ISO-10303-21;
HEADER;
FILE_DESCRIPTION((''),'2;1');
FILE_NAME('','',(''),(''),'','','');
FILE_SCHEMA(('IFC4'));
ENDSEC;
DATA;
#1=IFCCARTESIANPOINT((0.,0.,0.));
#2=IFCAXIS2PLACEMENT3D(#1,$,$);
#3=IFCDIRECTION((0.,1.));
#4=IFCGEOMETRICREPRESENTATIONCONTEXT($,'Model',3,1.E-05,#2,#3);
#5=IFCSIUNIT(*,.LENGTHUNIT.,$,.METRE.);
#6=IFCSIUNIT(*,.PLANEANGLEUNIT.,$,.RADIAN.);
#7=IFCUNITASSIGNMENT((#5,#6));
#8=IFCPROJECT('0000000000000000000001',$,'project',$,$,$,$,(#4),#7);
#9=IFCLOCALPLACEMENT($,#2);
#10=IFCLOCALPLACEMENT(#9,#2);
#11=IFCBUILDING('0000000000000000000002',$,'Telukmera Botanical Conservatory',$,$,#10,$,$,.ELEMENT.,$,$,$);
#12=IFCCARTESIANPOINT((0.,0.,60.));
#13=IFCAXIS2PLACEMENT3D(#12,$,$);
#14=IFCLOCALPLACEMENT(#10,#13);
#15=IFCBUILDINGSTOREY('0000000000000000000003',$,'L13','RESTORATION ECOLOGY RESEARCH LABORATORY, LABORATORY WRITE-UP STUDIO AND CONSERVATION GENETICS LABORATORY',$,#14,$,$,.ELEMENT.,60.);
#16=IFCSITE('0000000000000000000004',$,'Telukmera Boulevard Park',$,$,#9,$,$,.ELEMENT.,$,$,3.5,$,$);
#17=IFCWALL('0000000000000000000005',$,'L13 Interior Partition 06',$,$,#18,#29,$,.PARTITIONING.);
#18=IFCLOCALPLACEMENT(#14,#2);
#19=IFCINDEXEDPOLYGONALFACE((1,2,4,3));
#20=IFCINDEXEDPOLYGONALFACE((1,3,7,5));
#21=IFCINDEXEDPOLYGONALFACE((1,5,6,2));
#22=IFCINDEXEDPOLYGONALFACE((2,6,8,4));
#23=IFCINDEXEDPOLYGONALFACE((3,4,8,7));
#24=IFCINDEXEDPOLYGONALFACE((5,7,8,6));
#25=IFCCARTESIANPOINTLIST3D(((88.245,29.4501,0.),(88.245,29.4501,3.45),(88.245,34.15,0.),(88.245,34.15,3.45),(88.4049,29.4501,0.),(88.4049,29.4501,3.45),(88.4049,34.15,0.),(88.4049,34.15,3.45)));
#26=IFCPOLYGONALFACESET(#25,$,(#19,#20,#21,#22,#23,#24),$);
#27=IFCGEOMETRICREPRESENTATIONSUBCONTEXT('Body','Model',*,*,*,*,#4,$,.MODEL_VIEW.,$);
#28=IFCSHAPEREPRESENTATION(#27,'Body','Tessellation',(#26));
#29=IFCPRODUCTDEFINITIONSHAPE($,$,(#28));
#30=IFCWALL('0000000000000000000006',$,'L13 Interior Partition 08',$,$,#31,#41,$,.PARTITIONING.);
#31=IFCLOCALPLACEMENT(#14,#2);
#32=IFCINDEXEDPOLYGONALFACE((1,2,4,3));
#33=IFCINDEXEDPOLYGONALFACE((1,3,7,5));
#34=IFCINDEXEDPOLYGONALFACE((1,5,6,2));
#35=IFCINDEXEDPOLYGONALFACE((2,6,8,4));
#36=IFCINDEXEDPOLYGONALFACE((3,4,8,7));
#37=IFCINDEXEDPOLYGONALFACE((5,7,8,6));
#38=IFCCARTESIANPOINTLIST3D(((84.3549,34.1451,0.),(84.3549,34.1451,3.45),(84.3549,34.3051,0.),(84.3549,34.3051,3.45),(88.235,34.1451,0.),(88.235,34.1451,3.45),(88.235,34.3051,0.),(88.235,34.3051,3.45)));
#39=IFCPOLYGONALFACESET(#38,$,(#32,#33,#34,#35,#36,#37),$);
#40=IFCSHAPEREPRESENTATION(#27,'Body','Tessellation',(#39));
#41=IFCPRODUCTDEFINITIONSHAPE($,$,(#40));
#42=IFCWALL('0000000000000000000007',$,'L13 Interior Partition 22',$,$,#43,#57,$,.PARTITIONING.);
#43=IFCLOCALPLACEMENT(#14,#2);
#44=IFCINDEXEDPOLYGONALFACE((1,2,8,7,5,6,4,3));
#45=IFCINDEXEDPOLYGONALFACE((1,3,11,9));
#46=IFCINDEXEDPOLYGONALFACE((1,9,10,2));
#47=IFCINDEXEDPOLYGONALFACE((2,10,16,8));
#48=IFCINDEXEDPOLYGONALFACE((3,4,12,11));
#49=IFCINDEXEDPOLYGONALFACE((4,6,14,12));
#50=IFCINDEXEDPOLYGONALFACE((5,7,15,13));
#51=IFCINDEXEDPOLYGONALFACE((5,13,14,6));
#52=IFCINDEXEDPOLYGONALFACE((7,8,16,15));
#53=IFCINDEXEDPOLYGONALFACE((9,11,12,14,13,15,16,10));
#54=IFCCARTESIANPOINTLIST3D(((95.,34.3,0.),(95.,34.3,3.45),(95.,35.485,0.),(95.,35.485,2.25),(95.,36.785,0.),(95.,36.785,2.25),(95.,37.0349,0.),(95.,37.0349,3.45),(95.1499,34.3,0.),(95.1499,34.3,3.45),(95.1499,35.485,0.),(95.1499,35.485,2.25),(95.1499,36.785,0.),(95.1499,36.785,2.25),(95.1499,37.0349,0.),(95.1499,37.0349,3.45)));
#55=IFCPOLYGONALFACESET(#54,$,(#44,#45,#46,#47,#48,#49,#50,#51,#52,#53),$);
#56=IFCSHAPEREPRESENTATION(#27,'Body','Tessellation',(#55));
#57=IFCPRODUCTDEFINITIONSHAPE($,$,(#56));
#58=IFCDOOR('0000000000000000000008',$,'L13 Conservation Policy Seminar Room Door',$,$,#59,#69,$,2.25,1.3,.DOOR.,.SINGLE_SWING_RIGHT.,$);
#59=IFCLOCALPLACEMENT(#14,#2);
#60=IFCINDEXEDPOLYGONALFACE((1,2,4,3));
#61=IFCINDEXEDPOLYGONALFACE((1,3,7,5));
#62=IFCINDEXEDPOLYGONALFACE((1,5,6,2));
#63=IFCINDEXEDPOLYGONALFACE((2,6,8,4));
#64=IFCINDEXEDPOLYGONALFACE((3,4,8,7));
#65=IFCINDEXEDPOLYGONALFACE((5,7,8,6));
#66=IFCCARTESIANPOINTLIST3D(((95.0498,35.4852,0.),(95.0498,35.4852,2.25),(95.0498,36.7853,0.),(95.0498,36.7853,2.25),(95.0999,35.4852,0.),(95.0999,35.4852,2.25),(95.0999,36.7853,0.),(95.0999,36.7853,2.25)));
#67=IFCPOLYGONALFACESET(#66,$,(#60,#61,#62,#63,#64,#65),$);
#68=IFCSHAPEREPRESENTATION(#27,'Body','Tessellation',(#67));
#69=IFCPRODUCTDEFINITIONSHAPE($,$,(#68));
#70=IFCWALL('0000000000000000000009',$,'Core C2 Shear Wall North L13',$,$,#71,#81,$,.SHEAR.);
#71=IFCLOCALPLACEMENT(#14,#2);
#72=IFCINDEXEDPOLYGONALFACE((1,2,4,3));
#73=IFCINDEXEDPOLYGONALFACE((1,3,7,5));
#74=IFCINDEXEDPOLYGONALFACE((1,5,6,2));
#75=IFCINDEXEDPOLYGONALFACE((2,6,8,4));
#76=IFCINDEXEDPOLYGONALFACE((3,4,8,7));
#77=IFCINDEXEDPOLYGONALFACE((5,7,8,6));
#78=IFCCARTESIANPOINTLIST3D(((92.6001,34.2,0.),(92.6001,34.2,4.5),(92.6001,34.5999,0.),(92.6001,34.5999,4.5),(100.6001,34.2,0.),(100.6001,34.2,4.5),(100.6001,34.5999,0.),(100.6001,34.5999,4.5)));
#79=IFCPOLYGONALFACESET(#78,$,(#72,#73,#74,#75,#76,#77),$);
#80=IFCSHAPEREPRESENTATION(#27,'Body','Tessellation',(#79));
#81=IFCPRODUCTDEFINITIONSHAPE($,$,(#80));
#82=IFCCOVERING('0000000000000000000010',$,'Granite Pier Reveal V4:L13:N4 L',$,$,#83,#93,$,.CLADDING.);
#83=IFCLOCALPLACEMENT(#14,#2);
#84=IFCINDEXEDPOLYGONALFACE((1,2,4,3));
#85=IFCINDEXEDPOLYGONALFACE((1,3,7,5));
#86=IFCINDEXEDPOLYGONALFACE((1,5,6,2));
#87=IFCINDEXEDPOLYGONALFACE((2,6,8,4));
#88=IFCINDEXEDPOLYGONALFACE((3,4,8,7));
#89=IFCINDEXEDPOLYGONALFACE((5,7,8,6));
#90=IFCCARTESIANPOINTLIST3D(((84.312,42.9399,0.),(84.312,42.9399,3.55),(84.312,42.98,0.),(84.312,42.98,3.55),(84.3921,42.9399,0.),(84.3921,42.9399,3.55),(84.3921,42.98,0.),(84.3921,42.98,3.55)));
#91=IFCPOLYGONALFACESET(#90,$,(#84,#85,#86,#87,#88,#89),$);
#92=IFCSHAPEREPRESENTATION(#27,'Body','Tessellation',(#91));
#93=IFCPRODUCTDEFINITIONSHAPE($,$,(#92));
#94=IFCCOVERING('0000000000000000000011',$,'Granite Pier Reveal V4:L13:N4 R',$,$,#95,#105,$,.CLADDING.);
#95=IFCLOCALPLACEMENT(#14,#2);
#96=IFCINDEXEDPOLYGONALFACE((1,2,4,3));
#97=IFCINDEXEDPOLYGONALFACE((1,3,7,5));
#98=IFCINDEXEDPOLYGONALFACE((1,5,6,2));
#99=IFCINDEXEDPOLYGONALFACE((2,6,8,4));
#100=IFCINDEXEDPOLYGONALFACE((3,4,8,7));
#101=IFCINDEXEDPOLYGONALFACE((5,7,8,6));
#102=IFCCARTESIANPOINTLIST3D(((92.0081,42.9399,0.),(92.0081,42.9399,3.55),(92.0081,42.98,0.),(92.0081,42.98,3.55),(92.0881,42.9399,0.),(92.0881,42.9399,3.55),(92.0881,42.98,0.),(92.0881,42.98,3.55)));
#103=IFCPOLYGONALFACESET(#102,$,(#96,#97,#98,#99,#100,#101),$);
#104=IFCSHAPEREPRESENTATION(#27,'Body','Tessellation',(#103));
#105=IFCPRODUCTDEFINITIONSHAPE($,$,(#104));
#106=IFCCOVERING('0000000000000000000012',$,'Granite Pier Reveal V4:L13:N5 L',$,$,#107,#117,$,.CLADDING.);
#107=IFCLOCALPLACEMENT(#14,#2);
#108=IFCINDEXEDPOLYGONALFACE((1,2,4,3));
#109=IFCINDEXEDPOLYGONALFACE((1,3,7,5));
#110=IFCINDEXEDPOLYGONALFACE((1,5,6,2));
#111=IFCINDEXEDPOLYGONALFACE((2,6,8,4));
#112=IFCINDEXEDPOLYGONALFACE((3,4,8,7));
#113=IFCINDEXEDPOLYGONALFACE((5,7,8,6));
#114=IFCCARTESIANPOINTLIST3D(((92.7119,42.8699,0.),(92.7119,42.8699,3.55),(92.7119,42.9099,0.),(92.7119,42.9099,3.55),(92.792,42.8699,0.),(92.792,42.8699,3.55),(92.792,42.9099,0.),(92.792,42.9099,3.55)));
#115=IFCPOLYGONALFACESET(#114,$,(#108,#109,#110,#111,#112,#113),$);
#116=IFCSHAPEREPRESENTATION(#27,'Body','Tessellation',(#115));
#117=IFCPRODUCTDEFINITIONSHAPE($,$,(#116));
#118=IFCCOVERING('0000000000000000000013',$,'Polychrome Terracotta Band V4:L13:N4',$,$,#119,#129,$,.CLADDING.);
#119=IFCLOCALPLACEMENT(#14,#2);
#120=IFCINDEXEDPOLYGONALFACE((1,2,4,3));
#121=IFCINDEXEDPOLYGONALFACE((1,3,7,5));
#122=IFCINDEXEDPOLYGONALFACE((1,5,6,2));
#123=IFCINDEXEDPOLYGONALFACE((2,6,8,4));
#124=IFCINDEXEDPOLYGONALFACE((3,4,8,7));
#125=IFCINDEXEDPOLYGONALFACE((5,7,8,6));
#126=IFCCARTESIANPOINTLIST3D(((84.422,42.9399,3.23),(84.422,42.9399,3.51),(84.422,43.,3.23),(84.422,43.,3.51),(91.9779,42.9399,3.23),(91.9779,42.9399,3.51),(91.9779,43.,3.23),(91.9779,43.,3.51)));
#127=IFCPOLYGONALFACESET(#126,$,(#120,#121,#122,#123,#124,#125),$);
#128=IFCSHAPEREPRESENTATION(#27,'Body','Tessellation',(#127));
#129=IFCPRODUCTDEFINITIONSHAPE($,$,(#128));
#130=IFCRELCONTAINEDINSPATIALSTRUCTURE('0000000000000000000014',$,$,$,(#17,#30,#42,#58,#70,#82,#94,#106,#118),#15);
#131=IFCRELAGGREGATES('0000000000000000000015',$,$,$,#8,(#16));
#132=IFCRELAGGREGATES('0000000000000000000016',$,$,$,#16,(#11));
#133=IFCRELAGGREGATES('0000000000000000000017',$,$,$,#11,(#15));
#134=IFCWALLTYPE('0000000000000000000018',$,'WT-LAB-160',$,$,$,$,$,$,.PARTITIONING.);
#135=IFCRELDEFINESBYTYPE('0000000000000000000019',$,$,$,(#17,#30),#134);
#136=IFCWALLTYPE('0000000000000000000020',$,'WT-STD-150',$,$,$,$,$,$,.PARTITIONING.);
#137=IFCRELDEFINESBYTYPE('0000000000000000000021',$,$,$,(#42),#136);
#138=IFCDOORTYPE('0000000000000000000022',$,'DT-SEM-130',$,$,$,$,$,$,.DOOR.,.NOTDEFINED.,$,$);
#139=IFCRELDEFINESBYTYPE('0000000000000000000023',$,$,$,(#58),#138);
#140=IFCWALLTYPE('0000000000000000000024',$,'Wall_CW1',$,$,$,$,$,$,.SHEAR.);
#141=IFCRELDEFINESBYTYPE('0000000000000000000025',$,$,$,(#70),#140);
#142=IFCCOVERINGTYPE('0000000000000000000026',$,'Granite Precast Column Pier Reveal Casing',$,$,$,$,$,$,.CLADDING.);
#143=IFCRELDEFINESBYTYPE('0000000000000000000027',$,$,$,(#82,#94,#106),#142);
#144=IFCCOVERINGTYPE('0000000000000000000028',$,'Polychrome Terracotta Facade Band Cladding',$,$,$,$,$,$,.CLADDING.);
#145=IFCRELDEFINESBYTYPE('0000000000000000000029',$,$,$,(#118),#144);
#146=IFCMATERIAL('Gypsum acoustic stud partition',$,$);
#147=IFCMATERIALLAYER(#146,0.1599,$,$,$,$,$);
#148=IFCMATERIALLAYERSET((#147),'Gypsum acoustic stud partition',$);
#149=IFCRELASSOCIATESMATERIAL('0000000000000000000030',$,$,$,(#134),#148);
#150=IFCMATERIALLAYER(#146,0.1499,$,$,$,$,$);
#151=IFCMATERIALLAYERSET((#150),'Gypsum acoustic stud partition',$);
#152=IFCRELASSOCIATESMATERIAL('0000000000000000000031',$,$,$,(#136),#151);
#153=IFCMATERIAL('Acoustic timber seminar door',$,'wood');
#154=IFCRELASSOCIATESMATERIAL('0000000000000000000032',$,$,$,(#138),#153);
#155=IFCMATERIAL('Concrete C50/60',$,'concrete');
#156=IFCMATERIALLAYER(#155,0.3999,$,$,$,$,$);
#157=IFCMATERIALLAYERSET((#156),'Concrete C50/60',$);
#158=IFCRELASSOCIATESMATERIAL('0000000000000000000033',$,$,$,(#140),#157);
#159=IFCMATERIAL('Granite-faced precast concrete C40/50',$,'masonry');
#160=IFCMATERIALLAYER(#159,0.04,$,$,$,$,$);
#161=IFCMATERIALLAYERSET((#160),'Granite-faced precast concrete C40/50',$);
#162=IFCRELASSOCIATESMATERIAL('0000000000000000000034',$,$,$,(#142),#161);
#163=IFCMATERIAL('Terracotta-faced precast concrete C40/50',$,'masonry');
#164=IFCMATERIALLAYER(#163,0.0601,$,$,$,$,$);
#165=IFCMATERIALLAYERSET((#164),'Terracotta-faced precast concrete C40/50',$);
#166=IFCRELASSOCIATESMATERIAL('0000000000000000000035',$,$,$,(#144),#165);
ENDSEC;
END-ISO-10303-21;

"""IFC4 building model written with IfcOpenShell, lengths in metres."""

from ifc_helpers import new_model, si_unit, direction, frame, frame_2d, origin, origin_2d, place, context, subcontext, project, spatial, rectangle, extrude, material, layer, layer_set, type_object, element, fill, save


model = new_model("IFC4")

# Units and contexts
model_context = context("Model", 3, precision=1e-05, world=origin(), true_north=direction((0.0, 1.0)))
body_context = subcontext(model_context, "Body", "Model", "MODEL_VIEW")
ifc_project = project(units=[si_unit("LENGTHUNIT", "METRE"), si_unit("PLANEANGLEUNIT", "RADIAN")], contexts=[model_context])

# Site, building, storey
site_placement = place(None, origin())
site = spatial("IfcSite", under=ifc_project, at=site_placement, Name="Telukmera Boulevard Park", CompositionType="ELEMENT", RefElevation=3.5)
building_placement = place(site_placement, origin())
building = spatial("IfcBuilding", under=site, at=building_placement, Name="Telukmera Botanical Conservatory", CompositionType="ELEMENT")
storey_placement = place(building_placement, frame((0.0, 0.0, 60.0)))
storey = spatial("IfcBuildingStorey", under=building, at=storey_placement, Name="L13", Description="RESTORATION ECOLOGY RESEARCH LABORATORY, LABORATORY WRITE-UP STUDIO AND CONSERVATION GENETICS LABORATORY", CompositionType="ELEMENT", Elevation=60.0)

# Shared definitions
ifc_material_1 = material(Name="Concrete C50/60", Category="concrete")

# Walls
ifc_material_2 = material(Name="Gypsum acoustic stud partition")
ifc_layer_1 = layer(ifc_material_2, 0.1599)
ifc_layer_set_1 = layer_set([ifc_layer_1], Name="Gypsum acoustic stud partition")
wall_type_1 = type_object("IfcWallType", Name="WT-LAB-160", PredefinedType="PARTITIONING", material=ifc_layer_set_1)
wall_1_placement = place(storey_placement, frame((88.325, 29.45, 0.0), z_axis=(0.0, 0.0, 1.0), x_axis=(0.0, 1.0, 0.0)))
element("IfcWall", 1, at=wall_1_placement, inside=storey, type_object=wall_type_1, Name="L13 Interior Partition 06", PredefinedType="PARTITIONING", context=body_context, shape_type="SweptSolid", body=[
    extrude(rectangle(XDim=4.7, YDim=0.1599, at=frame_2d((2.3501, 0.0))), origin(), (0.0, 0.0, 1.0), 3.45),
])
wall_2_placement = place(storey_placement, frame((84.355, 34.2251, 0.0), z_axis=(0.0, 0.0, 1.0), x_axis=(1.0, 0.0, 0.0)))
element("IfcWall", 2, at=wall_2_placement, inside=storey, type_object=wall_type_1, Name="L13 Interior Partition 08", PredefinedType="PARTITIONING", context=body_context, shape_type="SweptSolid", body=[
    extrude(rectangle(XDim=3.8801, YDim=0.1599, at=frame_2d((1.9399, 0.0))), origin(), (0.0, 0.0, 1.0), 3.45),
])

# Wall, opening, door
ifc_layer_2 = layer(ifc_material_2, 0.1499)
ifc_layer_set_2 = layer_set([ifc_layer_2], Name="Gypsum acoustic stud partition")
wall_type_2 = type_object("IfcWallType", Name="WT-STD-150", PredefinedType="PARTITIONING", material=ifc_layer_set_2)
wall_3_placement = place(storey_placement, frame((95.075, 34.3, 0.0), z_axis=(0.0, 0.0, 1.0), x_axis=(0.0, 1.0, 0.0)))
wall_3 = element("IfcWall", 3, at=wall_3_placement, inside=storey, type_object=wall_type_2, Name="L13 Interior Partition 22", PredefinedType="PARTITIONING", context=body_context, shape_type="SweptSolid", body=[
    extrude(rectangle(XDim=2.7349, YDim=0.1499, at=frame_2d((1.3674, 0.0))), origin(), (0.0, 0.0, 1.0), 3.45),
])
opening_1_placement = place(wall_3_placement, frame((1.1851, 0.0, 0.0)))
opening_1 = element("IfcOpeningElement", 4, at=opening_1_placement, cuts=wall_3, PredefinedType="OPENING", context=body_context, shape_type="SweptSolid", body=[
    extrude(rectangle(XDim=1.3, YDim=2.25, at=frame_2d((0.6499, 1.125))), frame((0.0, 0.085, 0.0), z_axis=(0.0, -1.0, 0.0), x_axis=(1.0, 0.0, 0.0)), (0.0, 0.0, 1.0), 0.1699),
])
ifc_material_3 = material(Name="Acoustic timber seminar door", Category="wood")
door_type_1 = type_object("IfcDoorType", Name="DT-SEM-130", OperationType="NOTDEFINED", PredefinedType="DOOR", material=ifc_material_3)
door_1_placement = place(opening_1_placement, frame((1.3, 0.0, 0.0), z_axis=(0.0, 0.0, 1.0), x_axis=(-1.0, 0.0, 0.0)))
door_1 = element("IfcDoor", 5, at=door_1_placement, inside=storey, type_object=door_type_1, Name="L13 Conservation Policy Seminar Room Door", OperationType="SINGLE_SWING_RIGHT", OverallHeight=2.25, OverallWidth=1.3, PredefinedType="DOOR", context=body_context, shape_type="SweptSolid", body=[
    extrude(rectangle(XDim=1.3, YDim=2.25, at=frame_2d((0.6499, 1.125))), frame((0.0, 0.0249, 0.0), z_axis=(0.0, -1.0, 0.0), x_axis=(1.0, 0.0, 0.0)), (0.0, 0.0, 1.0), 0.05),
])
fill(opening_1, door_1)

# Wall
ifc_layer_3 = layer(ifc_material_1, 0.3999)
ifc_layer_set_3 = layer_set([ifc_layer_3], Name="Concrete C50/60")
wall_type_3 = type_object("IfcWallType", Name="Wall_CW1", PredefinedType="SHEAR", material=ifc_layer_set_3)
wall_4_placement = place(storey_placement, frame((92.6001, 34.3999, 0.0), z_axis=(0.0, 0.0, 1.0), x_axis=(1.0, 0.0, 0.0)))
element("IfcWall", 6, at=wall_4_placement, inside=storey, type_object=wall_type_3, Name="Core C2 Shear Wall North L13", PredefinedType="SHEAR", context=body_context, shape_type="SweptSolid", body=[
    extrude(rectangle(XDim=8.0, YDim=0.3999, at=frame_2d((4.0, 0.0))), origin(), (0.0, 0.0, 1.0), 4.5),
])

# Coverings
ifc_material_4 = material(Name="Granite-faced precast concrete C40/50", Category="masonry")
ifc_layer_4 = layer(ifc_material_4, 0.04)
ifc_layer_set_4 = layer_set([ifc_layer_4], Name="Granite-faced precast concrete C40/50")
covering_type_1 = type_object("IfcCoveringType", Name="Granite Precast Column Pier Reveal Casing", PredefinedType="CLADDING", material=ifc_layer_set_4)
for number, where, z_axis, x_axis, name in (
    (7, (84.3521, 42.96, 0.0), (0.0, 0.0, 1.0), (1.0, 0.0, 0.0), "Granite Pier Reveal V4:L13:N4 L"),
    (8, (92.0481, 42.96, 0.0), (0.0, 0.0, 1.0), (1.0, 0.0, 0.0), "Granite Pier Reveal V4:L13:N4 R"),
    (9, (92.752, 42.8899, 0.0), (0.0, 0.0, 1.0), (1.0, 0.0, 0.0), "Granite Pier Reveal V4:L13:N5 L"),
):
    element("IfcCovering", number, at=place(storey_placement, frame(where, z_axis=z_axis, x_axis=x_axis)), inside=storey, type_object=covering_type_1, Name=name, PredefinedType="CLADDING", context=body_context, shape_type="SweptSolid", body=[
        extrude(rectangle(XDim=0.0801, YDim=0.04, at=origin_2d()), origin(), (0.0, 0.0, 1.0), 3.55),
    ])
ifc_material_5 = material(Name="Terracotta-faced precast concrete C40/50", Category="masonry")
ifc_layer_5 = layer(ifc_material_5, 0.0601)
ifc_layer_set_5 = layer_set([ifc_layer_5], Name="Terracotta-faced precast concrete C40/50")
covering_type_2 = type_object("IfcCoveringType", Name="Polychrome Terracotta Facade Band Cladding", PredefinedType="CLADDING", material=ifc_layer_set_5)
covering_placement = place(storey_placement, frame((88.2, 42.97, 3.23), z_axis=(0.0, 0.0, 1.0), x_axis=(1.0, 0.0, 0.0)))
element("IfcCovering", 10, at=covering_placement, inside=storey, type_object=covering_type_2, Name="Polychrome Terracotta Band V4:L13:N4", PredefinedType="CLADDING", context=body_context, shape_type="SweptSolid", body=[
    extrude(rectangle(XDim=7.5559, YDim=0.0601, at=origin_2d()), origin(), (0.0, 0.0, 1.0), 0.28),
])

save(model, "model.ifc")
